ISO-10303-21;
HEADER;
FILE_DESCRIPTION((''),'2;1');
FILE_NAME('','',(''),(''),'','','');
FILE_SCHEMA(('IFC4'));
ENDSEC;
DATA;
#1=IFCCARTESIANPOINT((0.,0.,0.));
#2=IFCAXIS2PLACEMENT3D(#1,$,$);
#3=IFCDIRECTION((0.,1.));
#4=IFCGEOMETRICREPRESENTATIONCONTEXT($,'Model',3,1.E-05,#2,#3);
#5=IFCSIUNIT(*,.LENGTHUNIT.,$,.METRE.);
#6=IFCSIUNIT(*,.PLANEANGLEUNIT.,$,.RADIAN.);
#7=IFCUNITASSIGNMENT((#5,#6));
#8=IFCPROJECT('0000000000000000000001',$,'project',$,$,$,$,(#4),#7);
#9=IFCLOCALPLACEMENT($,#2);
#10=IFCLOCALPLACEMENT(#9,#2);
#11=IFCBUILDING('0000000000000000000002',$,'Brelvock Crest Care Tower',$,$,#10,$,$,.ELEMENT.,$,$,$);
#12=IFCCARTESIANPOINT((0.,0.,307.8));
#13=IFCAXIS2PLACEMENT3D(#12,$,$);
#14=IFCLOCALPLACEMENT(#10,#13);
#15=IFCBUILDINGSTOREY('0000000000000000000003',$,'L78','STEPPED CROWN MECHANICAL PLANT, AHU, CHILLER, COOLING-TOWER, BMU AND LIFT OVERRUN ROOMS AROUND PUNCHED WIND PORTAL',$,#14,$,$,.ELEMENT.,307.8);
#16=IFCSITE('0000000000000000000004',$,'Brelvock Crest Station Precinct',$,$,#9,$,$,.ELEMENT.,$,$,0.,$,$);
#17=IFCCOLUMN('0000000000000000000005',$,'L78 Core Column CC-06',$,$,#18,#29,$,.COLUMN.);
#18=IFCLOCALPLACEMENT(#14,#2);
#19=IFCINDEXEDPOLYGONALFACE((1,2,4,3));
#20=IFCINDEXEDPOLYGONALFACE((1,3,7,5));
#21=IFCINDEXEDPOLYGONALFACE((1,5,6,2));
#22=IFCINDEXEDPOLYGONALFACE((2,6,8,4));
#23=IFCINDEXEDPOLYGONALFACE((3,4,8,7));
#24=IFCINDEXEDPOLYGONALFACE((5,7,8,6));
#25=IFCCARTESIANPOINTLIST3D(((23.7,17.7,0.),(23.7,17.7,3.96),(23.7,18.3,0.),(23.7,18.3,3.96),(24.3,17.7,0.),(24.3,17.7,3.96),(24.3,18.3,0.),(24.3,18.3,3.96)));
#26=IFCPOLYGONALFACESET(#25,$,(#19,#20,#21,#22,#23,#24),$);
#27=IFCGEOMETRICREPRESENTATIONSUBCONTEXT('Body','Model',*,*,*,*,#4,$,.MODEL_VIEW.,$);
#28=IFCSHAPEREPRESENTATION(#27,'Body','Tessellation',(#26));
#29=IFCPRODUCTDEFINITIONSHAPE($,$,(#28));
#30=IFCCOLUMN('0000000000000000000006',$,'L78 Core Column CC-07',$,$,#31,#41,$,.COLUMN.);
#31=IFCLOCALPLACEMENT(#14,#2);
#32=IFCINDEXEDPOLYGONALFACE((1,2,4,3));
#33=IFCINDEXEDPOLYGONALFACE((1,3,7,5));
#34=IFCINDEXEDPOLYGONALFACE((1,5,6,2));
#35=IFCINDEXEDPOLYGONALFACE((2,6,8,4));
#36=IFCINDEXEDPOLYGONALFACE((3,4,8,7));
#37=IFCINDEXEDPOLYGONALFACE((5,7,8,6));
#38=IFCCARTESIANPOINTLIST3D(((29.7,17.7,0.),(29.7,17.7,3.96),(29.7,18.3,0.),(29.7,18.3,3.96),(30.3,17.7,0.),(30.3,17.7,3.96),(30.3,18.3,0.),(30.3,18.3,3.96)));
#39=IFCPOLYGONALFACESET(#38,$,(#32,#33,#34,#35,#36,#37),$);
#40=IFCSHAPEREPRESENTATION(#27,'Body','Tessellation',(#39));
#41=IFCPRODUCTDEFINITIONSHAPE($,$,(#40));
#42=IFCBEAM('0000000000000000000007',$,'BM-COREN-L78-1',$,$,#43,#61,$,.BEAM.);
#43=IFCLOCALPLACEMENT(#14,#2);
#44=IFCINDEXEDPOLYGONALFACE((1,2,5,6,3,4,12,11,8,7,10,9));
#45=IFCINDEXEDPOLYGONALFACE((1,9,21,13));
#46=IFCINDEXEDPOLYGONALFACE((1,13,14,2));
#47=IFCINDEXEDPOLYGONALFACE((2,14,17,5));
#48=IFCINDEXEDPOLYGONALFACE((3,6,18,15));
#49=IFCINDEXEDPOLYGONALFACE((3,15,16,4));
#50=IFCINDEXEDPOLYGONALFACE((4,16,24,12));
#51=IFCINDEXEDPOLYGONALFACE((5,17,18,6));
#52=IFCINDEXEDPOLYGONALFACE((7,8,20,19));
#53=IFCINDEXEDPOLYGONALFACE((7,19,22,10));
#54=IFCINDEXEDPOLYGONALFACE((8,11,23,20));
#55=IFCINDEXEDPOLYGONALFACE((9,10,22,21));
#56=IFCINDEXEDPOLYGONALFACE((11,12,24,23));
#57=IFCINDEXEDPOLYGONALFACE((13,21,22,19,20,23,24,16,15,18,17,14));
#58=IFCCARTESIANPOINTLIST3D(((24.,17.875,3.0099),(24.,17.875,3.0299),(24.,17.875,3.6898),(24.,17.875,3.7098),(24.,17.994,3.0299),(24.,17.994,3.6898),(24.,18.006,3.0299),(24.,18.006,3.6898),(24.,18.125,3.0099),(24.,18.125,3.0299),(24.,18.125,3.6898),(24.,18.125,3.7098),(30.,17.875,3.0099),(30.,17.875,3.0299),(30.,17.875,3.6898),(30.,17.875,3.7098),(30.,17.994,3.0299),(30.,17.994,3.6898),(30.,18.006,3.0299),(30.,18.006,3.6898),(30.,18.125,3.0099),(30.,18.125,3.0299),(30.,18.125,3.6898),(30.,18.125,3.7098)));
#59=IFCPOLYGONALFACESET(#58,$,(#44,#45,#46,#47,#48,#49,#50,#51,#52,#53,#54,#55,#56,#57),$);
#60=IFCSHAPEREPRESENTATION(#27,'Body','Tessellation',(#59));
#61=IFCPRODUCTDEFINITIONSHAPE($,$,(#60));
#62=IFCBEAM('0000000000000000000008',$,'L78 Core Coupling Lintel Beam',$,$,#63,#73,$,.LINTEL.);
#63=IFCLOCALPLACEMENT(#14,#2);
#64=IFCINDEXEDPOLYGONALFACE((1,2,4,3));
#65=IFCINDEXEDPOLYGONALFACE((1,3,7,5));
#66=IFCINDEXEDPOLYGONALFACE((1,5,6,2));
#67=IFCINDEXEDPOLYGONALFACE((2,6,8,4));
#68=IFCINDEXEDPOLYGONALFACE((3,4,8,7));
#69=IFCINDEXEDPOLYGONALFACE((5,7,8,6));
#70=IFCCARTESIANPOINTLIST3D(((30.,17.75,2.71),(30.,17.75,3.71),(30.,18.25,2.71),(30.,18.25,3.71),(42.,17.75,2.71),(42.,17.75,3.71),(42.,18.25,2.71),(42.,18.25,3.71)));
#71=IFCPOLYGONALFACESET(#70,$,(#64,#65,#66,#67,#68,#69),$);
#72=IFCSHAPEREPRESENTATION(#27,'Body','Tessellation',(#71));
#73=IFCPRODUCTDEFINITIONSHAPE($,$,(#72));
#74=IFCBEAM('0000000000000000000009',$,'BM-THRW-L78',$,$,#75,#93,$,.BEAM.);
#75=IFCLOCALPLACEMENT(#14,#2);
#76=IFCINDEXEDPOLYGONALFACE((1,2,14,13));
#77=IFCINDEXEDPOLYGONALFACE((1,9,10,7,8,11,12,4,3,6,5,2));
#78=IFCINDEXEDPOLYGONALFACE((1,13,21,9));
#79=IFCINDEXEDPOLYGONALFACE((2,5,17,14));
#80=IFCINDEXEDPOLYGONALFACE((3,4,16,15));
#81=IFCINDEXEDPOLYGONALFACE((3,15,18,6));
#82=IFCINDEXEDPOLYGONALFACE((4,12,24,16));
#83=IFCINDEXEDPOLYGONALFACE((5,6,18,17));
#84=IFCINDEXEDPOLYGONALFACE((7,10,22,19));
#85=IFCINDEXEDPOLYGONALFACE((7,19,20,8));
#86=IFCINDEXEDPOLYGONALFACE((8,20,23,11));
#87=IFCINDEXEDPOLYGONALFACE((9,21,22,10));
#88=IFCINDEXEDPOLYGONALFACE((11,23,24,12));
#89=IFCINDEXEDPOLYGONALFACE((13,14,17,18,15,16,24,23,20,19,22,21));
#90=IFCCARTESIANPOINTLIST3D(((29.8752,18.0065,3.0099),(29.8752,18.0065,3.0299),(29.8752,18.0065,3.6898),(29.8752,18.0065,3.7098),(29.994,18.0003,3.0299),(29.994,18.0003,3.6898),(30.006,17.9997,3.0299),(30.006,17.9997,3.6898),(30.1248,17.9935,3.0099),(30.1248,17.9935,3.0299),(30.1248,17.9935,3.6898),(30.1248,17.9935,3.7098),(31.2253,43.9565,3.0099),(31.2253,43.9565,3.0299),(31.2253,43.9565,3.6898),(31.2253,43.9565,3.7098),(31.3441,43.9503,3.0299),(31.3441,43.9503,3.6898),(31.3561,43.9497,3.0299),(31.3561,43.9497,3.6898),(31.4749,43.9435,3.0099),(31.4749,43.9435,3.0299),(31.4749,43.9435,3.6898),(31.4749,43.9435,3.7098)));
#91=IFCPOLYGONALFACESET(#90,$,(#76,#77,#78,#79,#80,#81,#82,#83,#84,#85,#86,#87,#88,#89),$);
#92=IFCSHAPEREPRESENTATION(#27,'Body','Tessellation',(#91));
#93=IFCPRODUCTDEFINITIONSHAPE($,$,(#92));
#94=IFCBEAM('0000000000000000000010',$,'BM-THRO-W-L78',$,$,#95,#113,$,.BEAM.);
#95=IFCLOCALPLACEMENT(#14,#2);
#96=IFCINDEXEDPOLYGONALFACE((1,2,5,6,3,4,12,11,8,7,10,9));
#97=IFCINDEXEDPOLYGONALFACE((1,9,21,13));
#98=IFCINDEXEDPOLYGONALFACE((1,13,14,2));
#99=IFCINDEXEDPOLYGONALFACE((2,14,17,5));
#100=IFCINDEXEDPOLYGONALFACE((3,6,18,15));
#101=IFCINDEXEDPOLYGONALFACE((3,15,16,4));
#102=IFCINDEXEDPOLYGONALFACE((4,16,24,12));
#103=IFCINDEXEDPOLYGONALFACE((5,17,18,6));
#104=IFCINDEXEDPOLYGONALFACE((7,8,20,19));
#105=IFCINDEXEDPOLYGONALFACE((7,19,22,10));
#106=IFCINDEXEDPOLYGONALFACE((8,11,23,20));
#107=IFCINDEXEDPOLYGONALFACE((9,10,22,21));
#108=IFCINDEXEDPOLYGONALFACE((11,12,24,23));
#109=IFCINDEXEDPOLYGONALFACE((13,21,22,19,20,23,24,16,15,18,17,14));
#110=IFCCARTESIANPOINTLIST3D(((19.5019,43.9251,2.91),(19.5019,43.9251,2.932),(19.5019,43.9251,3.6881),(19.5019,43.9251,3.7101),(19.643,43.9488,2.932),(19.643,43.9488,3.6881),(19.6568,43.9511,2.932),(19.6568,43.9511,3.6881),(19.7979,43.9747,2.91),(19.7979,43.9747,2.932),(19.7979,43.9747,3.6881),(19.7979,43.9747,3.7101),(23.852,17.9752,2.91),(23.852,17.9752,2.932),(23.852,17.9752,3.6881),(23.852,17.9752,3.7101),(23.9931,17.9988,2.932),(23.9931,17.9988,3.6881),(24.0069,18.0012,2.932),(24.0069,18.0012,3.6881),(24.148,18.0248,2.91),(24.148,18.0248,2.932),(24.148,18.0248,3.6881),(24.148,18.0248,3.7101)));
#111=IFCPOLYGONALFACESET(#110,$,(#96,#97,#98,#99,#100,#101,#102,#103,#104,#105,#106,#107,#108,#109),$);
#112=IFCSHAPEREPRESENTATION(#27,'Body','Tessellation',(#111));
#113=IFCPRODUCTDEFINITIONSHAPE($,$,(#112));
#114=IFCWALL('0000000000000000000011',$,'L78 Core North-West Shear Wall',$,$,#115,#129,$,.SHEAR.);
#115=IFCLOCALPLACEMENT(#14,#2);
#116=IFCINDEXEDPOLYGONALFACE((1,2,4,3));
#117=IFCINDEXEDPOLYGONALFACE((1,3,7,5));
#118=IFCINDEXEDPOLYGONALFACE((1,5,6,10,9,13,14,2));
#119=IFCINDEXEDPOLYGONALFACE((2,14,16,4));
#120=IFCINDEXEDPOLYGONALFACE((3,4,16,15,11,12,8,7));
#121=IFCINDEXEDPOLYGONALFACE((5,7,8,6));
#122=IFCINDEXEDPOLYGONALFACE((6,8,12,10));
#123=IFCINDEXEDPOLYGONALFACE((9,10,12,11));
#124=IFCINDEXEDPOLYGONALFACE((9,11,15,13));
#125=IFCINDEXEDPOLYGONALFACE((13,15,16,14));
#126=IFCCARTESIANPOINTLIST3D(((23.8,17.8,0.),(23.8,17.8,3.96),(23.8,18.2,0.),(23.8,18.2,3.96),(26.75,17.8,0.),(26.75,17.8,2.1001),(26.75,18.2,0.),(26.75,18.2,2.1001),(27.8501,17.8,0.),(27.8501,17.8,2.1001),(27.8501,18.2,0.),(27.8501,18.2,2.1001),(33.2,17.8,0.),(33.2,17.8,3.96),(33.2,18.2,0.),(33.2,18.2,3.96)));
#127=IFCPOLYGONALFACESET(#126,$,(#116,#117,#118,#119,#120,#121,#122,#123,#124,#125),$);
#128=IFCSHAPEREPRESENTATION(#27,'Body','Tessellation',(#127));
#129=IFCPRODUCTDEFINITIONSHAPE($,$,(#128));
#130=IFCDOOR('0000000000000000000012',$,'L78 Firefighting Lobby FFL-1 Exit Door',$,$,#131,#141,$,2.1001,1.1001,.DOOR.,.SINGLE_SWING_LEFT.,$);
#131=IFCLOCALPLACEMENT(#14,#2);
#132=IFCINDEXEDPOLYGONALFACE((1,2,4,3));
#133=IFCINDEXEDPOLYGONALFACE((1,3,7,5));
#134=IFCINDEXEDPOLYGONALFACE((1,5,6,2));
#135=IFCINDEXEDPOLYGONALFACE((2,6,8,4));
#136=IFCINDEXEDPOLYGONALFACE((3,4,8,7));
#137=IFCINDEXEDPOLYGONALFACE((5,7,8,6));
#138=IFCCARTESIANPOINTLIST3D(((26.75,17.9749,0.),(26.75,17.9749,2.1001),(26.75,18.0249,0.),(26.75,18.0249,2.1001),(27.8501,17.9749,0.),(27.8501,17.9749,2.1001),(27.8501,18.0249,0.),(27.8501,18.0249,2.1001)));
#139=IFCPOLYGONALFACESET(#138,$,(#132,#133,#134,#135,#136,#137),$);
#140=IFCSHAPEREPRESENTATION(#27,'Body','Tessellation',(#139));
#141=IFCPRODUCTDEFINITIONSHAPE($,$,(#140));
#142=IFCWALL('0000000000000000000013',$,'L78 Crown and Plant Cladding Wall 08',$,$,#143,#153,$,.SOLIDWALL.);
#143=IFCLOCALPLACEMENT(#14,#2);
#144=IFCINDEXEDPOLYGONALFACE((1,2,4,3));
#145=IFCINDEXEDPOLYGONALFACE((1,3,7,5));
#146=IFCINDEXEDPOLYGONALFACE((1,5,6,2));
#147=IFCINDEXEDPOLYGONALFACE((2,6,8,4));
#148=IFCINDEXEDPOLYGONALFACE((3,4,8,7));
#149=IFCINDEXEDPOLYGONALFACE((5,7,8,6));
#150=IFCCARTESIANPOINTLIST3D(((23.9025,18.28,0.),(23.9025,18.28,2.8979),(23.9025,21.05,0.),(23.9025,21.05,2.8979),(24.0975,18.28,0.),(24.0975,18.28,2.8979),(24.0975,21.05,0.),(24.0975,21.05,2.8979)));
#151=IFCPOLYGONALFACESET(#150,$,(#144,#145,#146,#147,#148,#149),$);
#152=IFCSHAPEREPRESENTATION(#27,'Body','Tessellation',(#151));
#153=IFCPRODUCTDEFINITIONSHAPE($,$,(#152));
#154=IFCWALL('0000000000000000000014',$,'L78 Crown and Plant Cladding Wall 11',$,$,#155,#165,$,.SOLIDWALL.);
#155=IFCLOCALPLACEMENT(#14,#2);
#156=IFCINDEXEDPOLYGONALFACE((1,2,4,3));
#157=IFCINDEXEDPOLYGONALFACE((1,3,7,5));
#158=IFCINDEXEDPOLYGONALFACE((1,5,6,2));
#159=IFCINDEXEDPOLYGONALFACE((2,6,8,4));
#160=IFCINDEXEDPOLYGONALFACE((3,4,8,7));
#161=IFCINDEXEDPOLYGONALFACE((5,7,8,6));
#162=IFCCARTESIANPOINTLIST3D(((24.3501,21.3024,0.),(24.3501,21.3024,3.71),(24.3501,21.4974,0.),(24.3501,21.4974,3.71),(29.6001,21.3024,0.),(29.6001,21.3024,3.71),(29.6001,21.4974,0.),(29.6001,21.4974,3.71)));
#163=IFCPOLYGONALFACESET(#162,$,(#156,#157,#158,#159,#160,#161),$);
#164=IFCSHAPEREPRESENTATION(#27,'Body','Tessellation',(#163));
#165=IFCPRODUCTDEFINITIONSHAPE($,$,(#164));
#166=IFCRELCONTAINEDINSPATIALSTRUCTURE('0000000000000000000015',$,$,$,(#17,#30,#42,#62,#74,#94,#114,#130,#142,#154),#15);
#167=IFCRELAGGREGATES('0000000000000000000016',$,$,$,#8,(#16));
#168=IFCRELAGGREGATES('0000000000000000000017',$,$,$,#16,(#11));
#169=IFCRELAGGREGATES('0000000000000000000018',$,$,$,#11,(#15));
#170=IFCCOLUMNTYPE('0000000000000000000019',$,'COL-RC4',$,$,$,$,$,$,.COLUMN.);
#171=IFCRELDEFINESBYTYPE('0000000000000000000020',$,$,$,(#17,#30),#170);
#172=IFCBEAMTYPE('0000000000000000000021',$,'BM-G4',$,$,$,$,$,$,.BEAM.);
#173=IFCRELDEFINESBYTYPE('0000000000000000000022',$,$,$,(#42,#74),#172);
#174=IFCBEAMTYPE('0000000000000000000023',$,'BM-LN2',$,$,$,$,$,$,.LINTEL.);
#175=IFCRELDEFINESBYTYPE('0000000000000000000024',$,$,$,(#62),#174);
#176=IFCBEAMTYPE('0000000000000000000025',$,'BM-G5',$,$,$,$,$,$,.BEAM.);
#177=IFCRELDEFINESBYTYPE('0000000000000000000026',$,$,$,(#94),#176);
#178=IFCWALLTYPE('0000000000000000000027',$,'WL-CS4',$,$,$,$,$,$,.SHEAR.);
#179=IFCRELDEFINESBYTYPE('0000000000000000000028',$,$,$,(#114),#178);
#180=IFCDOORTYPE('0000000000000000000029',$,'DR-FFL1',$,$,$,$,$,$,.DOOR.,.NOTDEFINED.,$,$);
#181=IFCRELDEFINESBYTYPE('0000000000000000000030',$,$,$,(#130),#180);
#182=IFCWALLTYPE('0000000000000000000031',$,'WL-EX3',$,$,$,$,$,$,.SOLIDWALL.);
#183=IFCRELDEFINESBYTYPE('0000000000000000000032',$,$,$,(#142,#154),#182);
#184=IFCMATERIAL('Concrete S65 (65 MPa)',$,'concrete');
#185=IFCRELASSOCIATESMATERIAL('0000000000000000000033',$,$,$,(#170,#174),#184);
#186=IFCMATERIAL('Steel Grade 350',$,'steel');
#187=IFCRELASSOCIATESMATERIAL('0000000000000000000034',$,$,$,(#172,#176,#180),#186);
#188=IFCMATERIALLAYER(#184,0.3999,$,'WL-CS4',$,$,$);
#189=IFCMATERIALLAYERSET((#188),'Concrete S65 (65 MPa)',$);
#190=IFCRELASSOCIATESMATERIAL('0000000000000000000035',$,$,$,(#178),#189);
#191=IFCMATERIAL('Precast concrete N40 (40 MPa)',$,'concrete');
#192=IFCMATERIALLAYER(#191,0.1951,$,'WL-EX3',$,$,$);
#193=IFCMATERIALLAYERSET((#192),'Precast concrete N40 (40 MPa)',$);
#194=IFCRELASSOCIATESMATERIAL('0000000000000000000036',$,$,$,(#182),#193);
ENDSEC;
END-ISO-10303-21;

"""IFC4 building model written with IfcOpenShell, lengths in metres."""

from ifc_helpers import new_model, si_unit, direction, frame, frame_2d, origin, origin_2d, place, context, subcontext, project, spatial, rectangle, i_section, extrude, source, transform, mapped, material, layer, layer_set, material_profile, profile_set, type_object, element, fill, save


model = new_model("IFC4")

# Units and contexts
model_context = context("Model", 3, precision=1e-05, world=origin(), true_north=direction((0.0, 1.0)))
body_context = subcontext(model_context, "Body", "Model", "MODEL_VIEW")
ifc_project = project(units=[si_unit("LENGTHUNIT", "METRE"), si_unit("PLANEANGLEUNIT", "RADIAN")], contexts=[model_context])

# Site, building, storey
site_placement = place(None, origin())
site = spatial("IfcSite", under=ifc_project, at=site_placement, Name="Brelvock Crest Station Precinct", CompositionType="ELEMENT", RefElevation=0.0)
building_placement = place(site_placement, origin())
building = spatial("IfcBuilding", under=site, at=building_placement, Name="Brelvock Crest Care Tower", CompositionType="ELEMENT")
storey_placement = place(building_placement, frame((0.0, 0.0, 307.8)))
storey = spatial("IfcBuildingStorey", under=building, at=storey_placement, Name="L78", Description="STEPPED CROWN MECHANICAL PLANT, AHU, CHILLER, COOLING-TOWER, BMU AND LIFT OVERRUN ROOMS AROUND PUNCHED WIND PORTAL", CompositionType="ELEMENT", Elevation=307.8)

# Columns
ifc_material_1 = material(Name="Concrete S65 (65 MPa)", Category="concrete")
ifc_material_profile_1 = material_profile(ifc_material_1, rectangle(XDim=0.6001, YDim=0.6001, at=origin_2d()), Name="RC600x600")
ifc_profile_set_1 = profile_set([ifc_material_profile_1], Name="Concrete S65 (65 MPa)")
column_type = type_object("IfcColumnType", Name="COL-RC4", PredefinedType="COLUMN", material=ifc_profile_set_1)
shared_shape_1 = source(origin(), body_context, "Body", "SweptSolid", [
    extrude(rectangle(XDim=0.6001, YDim=0.6001, at=origin_2d()), origin(), (0.0, 0.0, 1.0), 3.96),
])
for number, where, z_axis, x_axis, name in (
    (1, (24.0, 18.0, 0.0), (0.0, 0.0, 1.0), (1.0, 0.0, 0.0), "L78 Core Column CC-06"),
    (2, (30.0, 18.0, 0.0), (0.0, 0.0, 1.0), (1.0, 0.0, 0.0), "L78 Core Column CC-07"),
):
    element("IfcColumn", number, at=place(storey_placement, frame(where, z_axis=z_axis, x_axis=x_axis)), inside=storey, type_object=column_type, Name=name, PredefinedType="COLUMN", context=body_context, shape_type="MappedRepresentation", body=[
        mapped(shared_shape_1, transform((0.0, 0.0, 0.0), x_axis=(1.0, 0.0, 0.0), y_axis=(0.0, 1.0, 0.0), z_axis=(0.0, 0.0, 1.0), scale=1.0)),
    ])

# Beams
ifc_material_2 = material(Name="Steel Grade 350", Category="steel")
ifc_material_profile_2 = material_profile(ifc_material_2, i_section(OverallWidth=0.25, OverallDepth=0.7, WebThickness=0.012, FlangeThickness=0.02, at=origin_2d()), Name="700WB150")
ifc_profile_set_2 = profile_set([ifc_material_profile_2], Name="Steel Grade 350")
beam_type_1 = type_object("IfcBeamType", Name="BM-G4", PredefinedType="BEAM", material=ifc_profile_set_2)
shared_shape_2 = source(origin(), body_context, "Body", "SweptSolid", [
    extrude(i_section(OverallWidth=0.25, OverallDepth=0.7, WebThickness=0.012, FlangeThickness=0.02, at=origin_2d()), origin(), (0.0, 0.0, 1.0), 6.0),
])
beam_1_placement = place(storey_placement, frame((24.0, 18.0, 3.3599), z_axis=(1.0, 0.0, 0.0), x_axis=(0.0, 1.0, 0.0)))
element("IfcBeam", 3, at=beam_1_placement, inside=storey, type_object=beam_type_1, Name="BM-COREN-L78-1", PredefinedType="BEAM", context=body_context, shape_type="MappedRepresentation", body=[
    mapped(shared_shape_2, transform((0.0, 0.0, 0.0), x_axis=(1.0, 0.0, 0.0), y_axis=(0.0, 1.0, 0.0), z_axis=(0.0, 0.0, 1.0), scale=1.0)),
])
ifc_material_profile_3 = material_profile(ifc_material_1, rectangle(XDim=0.5, YDim=1.0, at=origin_2d()), Name="RC500x1000")
ifc_profile_set_3 = profile_set([ifc_material_profile_3], Name="Concrete S65 (65 MPa)")
beam_type_2 = type_object("IfcBeamType", Name="BM-LN2", PredefinedType="LINTEL", material=ifc_profile_set_3)
shared_shape_3 = source(origin(), body_context, "Body", "SweptSolid", [
    extrude(rectangle(XDim=0.5, YDim=1.0, at=origin_2d()), origin(), (0.0, 0.0, 1.0), 12.0),
])
beam_2_placement = place(storey_placement, frame((30.0, 18.0, 3.21), z_axis=(1.0, 0.0, 0.0), x_axis=(0.0, 1.0, 0.0)))
element("IfcBeam", 4, at=beam_2_placement, inside=storey, type_object=beam_type_2, Name="L78 Core Coupling Lintel Beam", PredefinedType="LINTEL", context=body_context, shape_type="MappedRepresentation", body=[
    mapped(shared_shape_3, transform((0.0, 0.0, 0.0), x_axis=(1.0, 0.0, 0.0), y_axis=(0.0, 1.0, 0.0), z_axis=(0.0, 0.0, 1.0), scale=1.0)),
])
shared_shape_4 = source(origin(), body_context, "Body", "SweptSolid", [
    extrude(i_section(OverallWidth=0.25, OverallDepth=0.7, WebThickness=0.012, FlangeThickness=0.02, at=origin_2d()), origin(), (0.0, 0.0, 1.0), 25.9851),
])
beam_3_placement = place(storey_placement, frame((30.0, 18.0, 3.3599), z_axis=(0.051957, 0.998649, 0.0), x_axis=(-0.998649, 0.051957, 0.0)))
element("IfcBeam", 5, at=beam_3_placement, inside=storey, type_object=beam_type_1, Name="BM-THRW-L78", PredefinedType="BEAM", context=body_context, shape_type="MappedRepresentation", body=[
    mapped(shared_shape_4, transform((0.0, 0.0, 0.0), x_axis=(1.0, 0.0, 0.0), y_axis=(0.0, 1.0, 0.0), z_axis=(0.0, 0.0, 1.0), scale=1.0)),
])
ifc_material_profile_4 = material_profile(ifc_material_2, i_section(OverallWidth=0.3, OverallDepth=0.8, WebThickness=0.0139, FlangeThickness=0.022, at=origin_2d()), Name="800WB192")
ifc_profile_set_4 = profile_set([ifc_material_profile_4], Name="Steel Grade 350")
beam_type_3 = type_object("IfcBeamType", Name="BM-G5", PredefinedType="BEAM", material=ifc_profile_set_4)
shared_shape_5 = source(origin(), body_context, "Body", "SweptSolid", [
    extrude(i_section(OverallWidth=0.3, OverallDepth=0.8, WebThickness=0.0139, FlangeThickness=0.022, at=origin_2d()), origin(), (0.0, 0.0, 1.0), 26.312),
])
beam_4_placement = place(storey_placement, frame((24.0, 18.0, 3.3101), z_axis=(-0.165327, 0.986239, 0.0), x_axis=(-0.986239, -0.165327, 0.0)))
element("IfcBeam", 6, at=beam_4_placement, inside=storey, type_object=beam_type_3, Name="BM-THRO-W-L78", PredefinedType="BEAM", context=body_context, shape_type="MappedRepresentation", body=[
    mapped(shared_shape_5, transform((0.0, 0.0, 0.0), x_axis=(1.0, 0.0, 0.0), y_axis=(0.0, 1.0, 0.0), z_axis=(0.0, 0.0, 1.0), scale=1.0)),
])

# Wall, opening, door
ifc_layer_1 = layer(ifc_material_1, 0.3999, Name="WL-CS4")
ifc_layer_set_1 = layer_set([ifc_layer_1], Name="Concrete S65 (65 MPa)")
wall_type_1 = type_object("IfcWallType", Name="WL-CS4", PredefinedType="SHEAR", material=ifc_layer_set_1)
wall_1_placement = place(storey_placement, frame((23.8, 18.0, 0.0), z_axis=(0.0, 0.0, 1.0), x_axis=(1.0, 0.0, 0.0)))
wall_1 = element("IfcWall", 7, at=wall_1_placement, inside=storey, type_object=wall_type_1, Name="L78 Core North-West Shear Wall", PredefinedType="SHEAR", context=body_context, shape_type="SweptSolid", body=[
    extrude(rectangle(XDim=9.3999, YDim=0.3999, at=frame_2d((4.7, 0.0))), origin(), (0.0, 0.0, 1.0), 3.96),
])
opening_1_placement = place(wall_1_placement, frame((2.95, 0.0, 0.0)))
opening_1 = element("IfcOpeningElement", 8, at=opening_1_placement, cuts=wall_1, PredefinedType="OPENING", context=body_context, shape_type="SweptSolid", body=[
    extrude(rectangle(XDim=1.1001, YDim=2.1001, at=origin_2d()), frame((0.55, 0.21, 1.05), z_axis=(0.0, -1.0, 0.0), x_axis=(1.0, 0.0, 0.0)), (0.0, 0.0, 1.0), 0.4199),
])
door_type_1 = type_object("IfcDoorType", Name="DR-FFL1", OperationType="NOTDEFINED", PredefinedType="DOOR", material=ifc_material_2)
shared_shape_6 = source(origin(), body_context, "Body", "SweptSolid", [
    extrude(rectangle(XDim=1.1001, YDim=2.1001, at=origin_2d()), frame((0.55, 0.0249, 1.05), z_axis=(0.0, -1.0, 0.0), x_axis=(1.0, 0.0, 0.0)), (0.0, 0.0, 1.0), 0.05),
])
door_1_placement = place(opening_1_placement, origin())
door_1 = element("IfcDoor", 9, at=door_1_placement, inside=storey, type_object=door_type_1, Name="L78 Firefighting Lobby FFL-1 Exit Door", OperationType="SINGLE_SWING_LEFT", OverallHeight=2.1001, OverallWidth=1.1001, PredefinedType="DOOR", context=body_context, shape_type="MappedRepresentation", body=[
    mapped(shared_shape_6, transform((0.0, 0.0, 0.0), x_axis=(1.0, 0.0, 0.0), y_axis=(0.0, 1.0, 0.0), z_axis=(0.0, 0.0, 1.0), scale=1.0)),
])
fill(opening_1, door_1)

# Walls
ifc_material_3 = material(Name="Precast concrete N40 (40 MPa)", Category="concrete")
ifc_layer_2 = layer(ifc_material_3, 0.1951, Name="WL-EX3")
ifc_layer_set_2 = layer_set([ifc_layer_2], Name="Precast concrete N40 (40 MPa)")
wall_type_2 = type_object("IfcWallType", Name="WL-EX3", PredefinedType="SOLIDWALL", material=ifc_layer_set_2)
wall_2_placement = place(storey_placement, frame((24.0, 18.28, 0.0), z_axis=(0.0, 0.0, 1.0), x_axis=(0.0, 1.0, 0.0)))
element("IfcWall", 10, at=wall_2_placement, inside=storey, type_object=wall_type_2, Name="L78 Crown and Plant Cladding Wall 08", PredefinedType="SOLIDWALL", context=body_context, shape_type="SweptSolid", body=[
    extrude(rectangle(XDim=2.77, YDim=0.1951, at=frame_2d((1.385, 0.0))), origin(), (0.0, 0.0, 1.0), 2.8979),
])
wall_3_placement = place(storey_placement, frame((24.3501, 21.3999, 0.0), z_axis=(0.0, 0.0, 1.0), x_axis=(1.0, 0.0, 0.0)))
element("IfcWall", 11, at=wall_3_placement, inside=storey, type_object=wall_type_2, Name="L78 Crown and Plant Cladding Wall 11", PredefinedType="SOLIDWALL", context=body_context, shape_type="SweptSolid", body=[
    extrude(rectangle(XDim=5.25, YDim=0.1951, at=frame_2d((2.625, 0.0))), origin(), (0.0, 0.0, 1.0), 3.71),
])

save(model, "model.ifc")
